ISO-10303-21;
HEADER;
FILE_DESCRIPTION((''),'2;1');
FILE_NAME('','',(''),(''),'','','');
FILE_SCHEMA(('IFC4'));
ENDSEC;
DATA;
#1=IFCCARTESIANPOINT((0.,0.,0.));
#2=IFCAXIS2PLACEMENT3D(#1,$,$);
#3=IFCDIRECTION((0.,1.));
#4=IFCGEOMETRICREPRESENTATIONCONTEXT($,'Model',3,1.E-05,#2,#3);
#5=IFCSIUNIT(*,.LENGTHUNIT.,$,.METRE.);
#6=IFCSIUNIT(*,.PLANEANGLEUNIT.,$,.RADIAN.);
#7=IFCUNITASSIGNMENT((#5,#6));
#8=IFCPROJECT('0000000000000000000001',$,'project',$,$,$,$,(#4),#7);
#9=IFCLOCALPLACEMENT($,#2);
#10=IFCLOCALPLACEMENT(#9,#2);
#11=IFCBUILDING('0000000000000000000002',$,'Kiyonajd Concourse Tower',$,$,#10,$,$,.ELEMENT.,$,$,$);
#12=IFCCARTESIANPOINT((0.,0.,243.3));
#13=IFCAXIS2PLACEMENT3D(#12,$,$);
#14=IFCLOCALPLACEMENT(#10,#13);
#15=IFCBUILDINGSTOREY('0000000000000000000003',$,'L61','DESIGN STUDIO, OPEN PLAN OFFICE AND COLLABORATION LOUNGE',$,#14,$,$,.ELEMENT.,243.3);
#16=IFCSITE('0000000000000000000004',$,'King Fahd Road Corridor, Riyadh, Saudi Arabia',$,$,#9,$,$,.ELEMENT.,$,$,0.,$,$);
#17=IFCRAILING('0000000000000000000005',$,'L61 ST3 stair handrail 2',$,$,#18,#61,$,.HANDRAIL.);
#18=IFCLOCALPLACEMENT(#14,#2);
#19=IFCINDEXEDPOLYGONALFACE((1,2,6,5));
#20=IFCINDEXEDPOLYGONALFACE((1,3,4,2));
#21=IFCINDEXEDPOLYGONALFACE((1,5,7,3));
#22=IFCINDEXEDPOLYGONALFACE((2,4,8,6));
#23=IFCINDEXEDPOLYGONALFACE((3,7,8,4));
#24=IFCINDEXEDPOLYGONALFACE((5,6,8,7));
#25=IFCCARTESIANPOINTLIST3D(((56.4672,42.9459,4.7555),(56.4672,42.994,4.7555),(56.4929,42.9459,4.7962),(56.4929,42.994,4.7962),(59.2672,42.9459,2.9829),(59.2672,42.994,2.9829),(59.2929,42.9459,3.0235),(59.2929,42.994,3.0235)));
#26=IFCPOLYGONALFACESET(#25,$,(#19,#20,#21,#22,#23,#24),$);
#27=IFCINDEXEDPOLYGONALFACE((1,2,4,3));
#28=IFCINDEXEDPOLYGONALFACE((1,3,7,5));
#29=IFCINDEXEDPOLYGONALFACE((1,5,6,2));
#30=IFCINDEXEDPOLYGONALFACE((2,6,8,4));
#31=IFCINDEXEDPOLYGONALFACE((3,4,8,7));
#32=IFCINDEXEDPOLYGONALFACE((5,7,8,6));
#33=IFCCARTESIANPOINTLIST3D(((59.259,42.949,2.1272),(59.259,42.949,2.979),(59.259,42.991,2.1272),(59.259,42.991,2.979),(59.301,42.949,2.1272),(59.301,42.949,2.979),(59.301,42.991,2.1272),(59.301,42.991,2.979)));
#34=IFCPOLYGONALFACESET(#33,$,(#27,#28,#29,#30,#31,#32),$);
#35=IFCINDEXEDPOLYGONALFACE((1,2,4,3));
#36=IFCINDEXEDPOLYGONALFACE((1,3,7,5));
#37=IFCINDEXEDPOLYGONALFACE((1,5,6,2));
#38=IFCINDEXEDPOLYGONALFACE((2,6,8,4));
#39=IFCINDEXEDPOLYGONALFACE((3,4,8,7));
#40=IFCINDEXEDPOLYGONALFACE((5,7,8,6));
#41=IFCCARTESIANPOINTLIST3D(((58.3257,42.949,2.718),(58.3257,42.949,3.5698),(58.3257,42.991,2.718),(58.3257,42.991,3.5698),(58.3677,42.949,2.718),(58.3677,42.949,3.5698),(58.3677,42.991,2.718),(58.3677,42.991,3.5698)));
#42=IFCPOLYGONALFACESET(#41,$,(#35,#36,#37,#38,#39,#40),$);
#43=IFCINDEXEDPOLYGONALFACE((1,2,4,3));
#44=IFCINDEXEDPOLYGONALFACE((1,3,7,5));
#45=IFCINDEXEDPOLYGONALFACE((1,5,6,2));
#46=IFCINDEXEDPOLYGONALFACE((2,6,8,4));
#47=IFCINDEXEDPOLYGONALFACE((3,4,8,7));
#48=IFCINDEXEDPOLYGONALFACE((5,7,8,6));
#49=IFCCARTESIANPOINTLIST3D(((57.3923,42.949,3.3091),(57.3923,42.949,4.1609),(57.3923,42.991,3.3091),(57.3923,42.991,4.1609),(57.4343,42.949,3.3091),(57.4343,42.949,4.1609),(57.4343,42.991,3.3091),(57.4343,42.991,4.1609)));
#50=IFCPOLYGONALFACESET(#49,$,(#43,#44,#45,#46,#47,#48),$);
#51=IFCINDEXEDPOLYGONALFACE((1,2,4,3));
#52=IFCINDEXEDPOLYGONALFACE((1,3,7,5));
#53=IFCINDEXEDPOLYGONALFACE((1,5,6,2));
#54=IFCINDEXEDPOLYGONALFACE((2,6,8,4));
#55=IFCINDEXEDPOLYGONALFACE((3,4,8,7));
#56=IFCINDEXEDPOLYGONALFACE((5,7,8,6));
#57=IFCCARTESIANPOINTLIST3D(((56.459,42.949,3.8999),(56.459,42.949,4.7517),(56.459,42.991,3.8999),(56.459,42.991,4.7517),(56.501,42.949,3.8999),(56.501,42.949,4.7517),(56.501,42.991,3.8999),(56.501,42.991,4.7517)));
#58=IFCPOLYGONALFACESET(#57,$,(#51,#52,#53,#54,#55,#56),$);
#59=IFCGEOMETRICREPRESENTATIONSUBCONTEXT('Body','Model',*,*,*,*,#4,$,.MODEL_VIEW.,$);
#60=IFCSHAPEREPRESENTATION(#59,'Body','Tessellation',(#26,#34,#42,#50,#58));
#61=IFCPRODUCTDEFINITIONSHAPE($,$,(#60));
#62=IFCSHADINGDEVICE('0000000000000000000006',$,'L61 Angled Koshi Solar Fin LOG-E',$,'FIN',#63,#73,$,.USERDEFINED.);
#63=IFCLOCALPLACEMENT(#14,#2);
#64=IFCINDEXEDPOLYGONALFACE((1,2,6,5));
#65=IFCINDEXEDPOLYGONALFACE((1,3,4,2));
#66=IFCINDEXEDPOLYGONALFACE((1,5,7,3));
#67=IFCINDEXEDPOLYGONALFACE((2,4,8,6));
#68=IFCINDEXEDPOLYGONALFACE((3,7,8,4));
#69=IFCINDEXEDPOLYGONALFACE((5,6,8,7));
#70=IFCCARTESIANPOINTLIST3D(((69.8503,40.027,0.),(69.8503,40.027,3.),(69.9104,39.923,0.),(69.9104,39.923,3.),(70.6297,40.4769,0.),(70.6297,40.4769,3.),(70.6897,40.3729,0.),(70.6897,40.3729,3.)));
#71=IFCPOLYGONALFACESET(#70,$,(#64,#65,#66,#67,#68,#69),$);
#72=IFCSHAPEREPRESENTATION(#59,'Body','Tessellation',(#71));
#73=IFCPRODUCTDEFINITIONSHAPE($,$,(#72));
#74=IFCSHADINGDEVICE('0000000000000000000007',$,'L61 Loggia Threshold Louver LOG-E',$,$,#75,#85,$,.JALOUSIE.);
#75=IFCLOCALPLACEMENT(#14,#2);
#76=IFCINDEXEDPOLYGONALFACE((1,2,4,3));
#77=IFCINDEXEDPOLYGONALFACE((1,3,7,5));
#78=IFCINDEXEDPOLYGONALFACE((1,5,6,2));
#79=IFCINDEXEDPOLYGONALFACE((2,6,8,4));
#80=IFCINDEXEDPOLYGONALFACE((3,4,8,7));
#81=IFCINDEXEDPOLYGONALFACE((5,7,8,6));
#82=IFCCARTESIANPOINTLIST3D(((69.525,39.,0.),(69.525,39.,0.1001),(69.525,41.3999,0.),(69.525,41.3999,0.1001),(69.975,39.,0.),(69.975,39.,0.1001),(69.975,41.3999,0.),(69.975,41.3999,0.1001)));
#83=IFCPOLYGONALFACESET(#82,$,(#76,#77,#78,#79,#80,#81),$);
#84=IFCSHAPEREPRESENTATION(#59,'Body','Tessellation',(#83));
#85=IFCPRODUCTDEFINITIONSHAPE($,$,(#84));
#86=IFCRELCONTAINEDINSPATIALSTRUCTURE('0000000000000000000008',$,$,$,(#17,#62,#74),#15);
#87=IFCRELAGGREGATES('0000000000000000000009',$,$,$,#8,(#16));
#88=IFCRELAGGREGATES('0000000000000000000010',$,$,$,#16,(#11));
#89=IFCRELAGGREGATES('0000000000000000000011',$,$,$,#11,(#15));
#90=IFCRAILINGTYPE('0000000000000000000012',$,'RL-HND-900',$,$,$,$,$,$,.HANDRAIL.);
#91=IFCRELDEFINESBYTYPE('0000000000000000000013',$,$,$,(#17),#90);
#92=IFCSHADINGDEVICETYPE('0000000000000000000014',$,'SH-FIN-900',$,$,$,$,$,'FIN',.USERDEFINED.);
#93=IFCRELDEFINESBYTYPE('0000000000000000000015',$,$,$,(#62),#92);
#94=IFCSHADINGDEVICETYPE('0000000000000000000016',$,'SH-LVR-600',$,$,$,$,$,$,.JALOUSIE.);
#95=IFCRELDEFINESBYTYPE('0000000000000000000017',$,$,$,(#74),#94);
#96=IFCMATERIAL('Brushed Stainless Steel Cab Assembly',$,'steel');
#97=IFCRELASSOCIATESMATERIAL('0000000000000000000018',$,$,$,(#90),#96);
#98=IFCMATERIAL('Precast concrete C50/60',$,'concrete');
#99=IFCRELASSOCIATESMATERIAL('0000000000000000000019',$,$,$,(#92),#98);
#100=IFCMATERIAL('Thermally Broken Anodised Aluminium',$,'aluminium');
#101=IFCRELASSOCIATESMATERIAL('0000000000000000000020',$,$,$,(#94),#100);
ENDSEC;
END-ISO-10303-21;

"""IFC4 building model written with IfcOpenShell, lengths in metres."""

from ifc_helpers import new_model, si_unit, direction, frame, origin, origin_2d, place, context, subcontext, project, spatial, rectangle, extrude, material, type_object, element, save


model = new_model("IFC4")

# Units and contexts
model_context = context("Model", 3, precision=1e-05, world=origin(), true_north=direction((0.0, 1.0)))
body_context = subcontext(model_context, "Body", "Model", "MODEL_VIEW")
ifc_project = project(units=[si_unit("LENGTHUNIT", "METRE"), si_unit("PLANEANGLEUNIT", "RADIAN")], contexts=[model_context])

# Site, building, storey
site_placement = place(None, origin())
site = spatial("IfcSite", under=ifc_project, at=site_placement, Name="King Fahd Road Corridor, Riyadh, Saudi Arabia", CompositionType="ELEMENT", RefElevation=0.0)
building_placement = place(site_placement, origin())
building = spatial("IfcBuilding", under=site, at=building_placement, Name="Kiyonajd Concourse Tower", CompositionType="ELEMENT")
storey_placement = place(building_placement, frame((0.0, 0.0, 243.3)))
storey = spatial("IfcBuildingStorey", under=building, at=storey_placement, Name="L61", Description="DESIGN STUDIO, OPEN PLAN OFFICE AND COLLABORATION LOUNGE", CompositionType="ELEMENT", Elevation=243.3)

# Shared definitions
ifc_material_1 = material(Name="Thermally Broken Anodised Aluminium", Category="aluminium")

# Shared definitions
ifc_material_2 = material(Name="Precast concrete C50/60", Category="concrete")

# Shared definitions
ifc_material_3 = material(Name="Brushed Stainless Steel Cab Assembly", Category="steel")

# Railing
railing_type_1 = type_object("IfcRailingType", Name="RL-HND-900", PredefinedType="HANDRAIL", material=ifc_material_3)
railing_1_placement = place(storey_placement, frame((59.28, 42.97, 2.1272)))
element("IfcRailing", 1, at=railing_1_placement, inside=storey, type_object=railing_type_1, Name="L61 ST3 stair handrail 2", PredefinedType="HANDRAIL", context=body_context, shape_type="SweptSolid", body=[
    extrude(rectangle(XDim=0.0481, YDim=0.0481, at=origin_2d()), frame((0.0, 0.0, 0.876), z_axis=(-0.844909, 0.0, 0.53491), x_axis=(0.0, -1.0, 0.0)), (0.0, 0.0, 1.0), 3.314),
    extrude(rectangle(XDim=0.042, YDim=0.042, at=origin_2d()), origin(), (0.0, 0.0, 1.0), 0.8518),
    extrude(rectangle(XDim=0.042, YDim=0.042, at=origin_2d()), frame((-0.9333, 0.0, 0.5908)), (0.0, 0.0, 1.0), 0.8518),
    extrude(rectangle(XDim=0.042, YDim=0.042, at=origin_2d()), frame((-1.8667, 0.0, 1.1819)), (0.0, 0.0, 1.0), 0.8518),
    extrude(rectangle(XDim=0.042, YDim=0.042, at=origin_2d()), frame((-2.8, 0.0, 1.7727)), (0.0, 0.0, 1.0), 0.8518),
])

# Shading devices
shading_device_type_1 = type_object("IfcShadingDeviceType", Name="SH-FIN-900", ElementType="FIN", PredefinedType="USERDEFINED", material=ifc_material_2)
shading_device_1_placement = place(storey_placement, frame((70.27, 40.2, 0.0), z_axis=(0.0, 0.0, 1.0), x_axis=(0.866025, 0.5, 0.0)))
element("IfcShadingDevice", 2, at=shading_device_1_placement, inside=storey, type_object=shading_device_type_1, Name="L61 Angled Koshi Solar Fin LOG-E", ObjectType="FIN", PredefinedType="USERDEFINED", context=body_context, shape_type="SweptSolid", body=[
    extrude(rectangle(XDim=0.8999, YDim=0.1201, at=origin_2d()), origin(), (0.0, 0.0, 1.0), 3.0),
])
shading_device_type_2 = type_object("IfcShadingDeviceType", Name="SH-LVR-600", PredefinedType="JALOUSIE", material=ifc_material_1)
shading_device_2_placement = place(storey_placement, frame((69.75, 40.2, 0.0), z_axis=(0.0, 0.0, 1.0), x_axis=(0.0, 1.0, 0.0)))
element("IfcShadingDevice", 3, at=shading_device_2_placement, inside=storey, type_object=shading_device_type_2, Name="L61 Loggia Threshold Louver LOG-E", PredefinedType="JALOUSIE", context=body_context, shape_type="SweptSolid", body=[
    extrude(rectangle(XDim=2.3999, YDim=0.45, at=origin_2d()), origin(), (0.0, 0.0, 1.0), 0.1001),
])

save(model, "model.ifc")
